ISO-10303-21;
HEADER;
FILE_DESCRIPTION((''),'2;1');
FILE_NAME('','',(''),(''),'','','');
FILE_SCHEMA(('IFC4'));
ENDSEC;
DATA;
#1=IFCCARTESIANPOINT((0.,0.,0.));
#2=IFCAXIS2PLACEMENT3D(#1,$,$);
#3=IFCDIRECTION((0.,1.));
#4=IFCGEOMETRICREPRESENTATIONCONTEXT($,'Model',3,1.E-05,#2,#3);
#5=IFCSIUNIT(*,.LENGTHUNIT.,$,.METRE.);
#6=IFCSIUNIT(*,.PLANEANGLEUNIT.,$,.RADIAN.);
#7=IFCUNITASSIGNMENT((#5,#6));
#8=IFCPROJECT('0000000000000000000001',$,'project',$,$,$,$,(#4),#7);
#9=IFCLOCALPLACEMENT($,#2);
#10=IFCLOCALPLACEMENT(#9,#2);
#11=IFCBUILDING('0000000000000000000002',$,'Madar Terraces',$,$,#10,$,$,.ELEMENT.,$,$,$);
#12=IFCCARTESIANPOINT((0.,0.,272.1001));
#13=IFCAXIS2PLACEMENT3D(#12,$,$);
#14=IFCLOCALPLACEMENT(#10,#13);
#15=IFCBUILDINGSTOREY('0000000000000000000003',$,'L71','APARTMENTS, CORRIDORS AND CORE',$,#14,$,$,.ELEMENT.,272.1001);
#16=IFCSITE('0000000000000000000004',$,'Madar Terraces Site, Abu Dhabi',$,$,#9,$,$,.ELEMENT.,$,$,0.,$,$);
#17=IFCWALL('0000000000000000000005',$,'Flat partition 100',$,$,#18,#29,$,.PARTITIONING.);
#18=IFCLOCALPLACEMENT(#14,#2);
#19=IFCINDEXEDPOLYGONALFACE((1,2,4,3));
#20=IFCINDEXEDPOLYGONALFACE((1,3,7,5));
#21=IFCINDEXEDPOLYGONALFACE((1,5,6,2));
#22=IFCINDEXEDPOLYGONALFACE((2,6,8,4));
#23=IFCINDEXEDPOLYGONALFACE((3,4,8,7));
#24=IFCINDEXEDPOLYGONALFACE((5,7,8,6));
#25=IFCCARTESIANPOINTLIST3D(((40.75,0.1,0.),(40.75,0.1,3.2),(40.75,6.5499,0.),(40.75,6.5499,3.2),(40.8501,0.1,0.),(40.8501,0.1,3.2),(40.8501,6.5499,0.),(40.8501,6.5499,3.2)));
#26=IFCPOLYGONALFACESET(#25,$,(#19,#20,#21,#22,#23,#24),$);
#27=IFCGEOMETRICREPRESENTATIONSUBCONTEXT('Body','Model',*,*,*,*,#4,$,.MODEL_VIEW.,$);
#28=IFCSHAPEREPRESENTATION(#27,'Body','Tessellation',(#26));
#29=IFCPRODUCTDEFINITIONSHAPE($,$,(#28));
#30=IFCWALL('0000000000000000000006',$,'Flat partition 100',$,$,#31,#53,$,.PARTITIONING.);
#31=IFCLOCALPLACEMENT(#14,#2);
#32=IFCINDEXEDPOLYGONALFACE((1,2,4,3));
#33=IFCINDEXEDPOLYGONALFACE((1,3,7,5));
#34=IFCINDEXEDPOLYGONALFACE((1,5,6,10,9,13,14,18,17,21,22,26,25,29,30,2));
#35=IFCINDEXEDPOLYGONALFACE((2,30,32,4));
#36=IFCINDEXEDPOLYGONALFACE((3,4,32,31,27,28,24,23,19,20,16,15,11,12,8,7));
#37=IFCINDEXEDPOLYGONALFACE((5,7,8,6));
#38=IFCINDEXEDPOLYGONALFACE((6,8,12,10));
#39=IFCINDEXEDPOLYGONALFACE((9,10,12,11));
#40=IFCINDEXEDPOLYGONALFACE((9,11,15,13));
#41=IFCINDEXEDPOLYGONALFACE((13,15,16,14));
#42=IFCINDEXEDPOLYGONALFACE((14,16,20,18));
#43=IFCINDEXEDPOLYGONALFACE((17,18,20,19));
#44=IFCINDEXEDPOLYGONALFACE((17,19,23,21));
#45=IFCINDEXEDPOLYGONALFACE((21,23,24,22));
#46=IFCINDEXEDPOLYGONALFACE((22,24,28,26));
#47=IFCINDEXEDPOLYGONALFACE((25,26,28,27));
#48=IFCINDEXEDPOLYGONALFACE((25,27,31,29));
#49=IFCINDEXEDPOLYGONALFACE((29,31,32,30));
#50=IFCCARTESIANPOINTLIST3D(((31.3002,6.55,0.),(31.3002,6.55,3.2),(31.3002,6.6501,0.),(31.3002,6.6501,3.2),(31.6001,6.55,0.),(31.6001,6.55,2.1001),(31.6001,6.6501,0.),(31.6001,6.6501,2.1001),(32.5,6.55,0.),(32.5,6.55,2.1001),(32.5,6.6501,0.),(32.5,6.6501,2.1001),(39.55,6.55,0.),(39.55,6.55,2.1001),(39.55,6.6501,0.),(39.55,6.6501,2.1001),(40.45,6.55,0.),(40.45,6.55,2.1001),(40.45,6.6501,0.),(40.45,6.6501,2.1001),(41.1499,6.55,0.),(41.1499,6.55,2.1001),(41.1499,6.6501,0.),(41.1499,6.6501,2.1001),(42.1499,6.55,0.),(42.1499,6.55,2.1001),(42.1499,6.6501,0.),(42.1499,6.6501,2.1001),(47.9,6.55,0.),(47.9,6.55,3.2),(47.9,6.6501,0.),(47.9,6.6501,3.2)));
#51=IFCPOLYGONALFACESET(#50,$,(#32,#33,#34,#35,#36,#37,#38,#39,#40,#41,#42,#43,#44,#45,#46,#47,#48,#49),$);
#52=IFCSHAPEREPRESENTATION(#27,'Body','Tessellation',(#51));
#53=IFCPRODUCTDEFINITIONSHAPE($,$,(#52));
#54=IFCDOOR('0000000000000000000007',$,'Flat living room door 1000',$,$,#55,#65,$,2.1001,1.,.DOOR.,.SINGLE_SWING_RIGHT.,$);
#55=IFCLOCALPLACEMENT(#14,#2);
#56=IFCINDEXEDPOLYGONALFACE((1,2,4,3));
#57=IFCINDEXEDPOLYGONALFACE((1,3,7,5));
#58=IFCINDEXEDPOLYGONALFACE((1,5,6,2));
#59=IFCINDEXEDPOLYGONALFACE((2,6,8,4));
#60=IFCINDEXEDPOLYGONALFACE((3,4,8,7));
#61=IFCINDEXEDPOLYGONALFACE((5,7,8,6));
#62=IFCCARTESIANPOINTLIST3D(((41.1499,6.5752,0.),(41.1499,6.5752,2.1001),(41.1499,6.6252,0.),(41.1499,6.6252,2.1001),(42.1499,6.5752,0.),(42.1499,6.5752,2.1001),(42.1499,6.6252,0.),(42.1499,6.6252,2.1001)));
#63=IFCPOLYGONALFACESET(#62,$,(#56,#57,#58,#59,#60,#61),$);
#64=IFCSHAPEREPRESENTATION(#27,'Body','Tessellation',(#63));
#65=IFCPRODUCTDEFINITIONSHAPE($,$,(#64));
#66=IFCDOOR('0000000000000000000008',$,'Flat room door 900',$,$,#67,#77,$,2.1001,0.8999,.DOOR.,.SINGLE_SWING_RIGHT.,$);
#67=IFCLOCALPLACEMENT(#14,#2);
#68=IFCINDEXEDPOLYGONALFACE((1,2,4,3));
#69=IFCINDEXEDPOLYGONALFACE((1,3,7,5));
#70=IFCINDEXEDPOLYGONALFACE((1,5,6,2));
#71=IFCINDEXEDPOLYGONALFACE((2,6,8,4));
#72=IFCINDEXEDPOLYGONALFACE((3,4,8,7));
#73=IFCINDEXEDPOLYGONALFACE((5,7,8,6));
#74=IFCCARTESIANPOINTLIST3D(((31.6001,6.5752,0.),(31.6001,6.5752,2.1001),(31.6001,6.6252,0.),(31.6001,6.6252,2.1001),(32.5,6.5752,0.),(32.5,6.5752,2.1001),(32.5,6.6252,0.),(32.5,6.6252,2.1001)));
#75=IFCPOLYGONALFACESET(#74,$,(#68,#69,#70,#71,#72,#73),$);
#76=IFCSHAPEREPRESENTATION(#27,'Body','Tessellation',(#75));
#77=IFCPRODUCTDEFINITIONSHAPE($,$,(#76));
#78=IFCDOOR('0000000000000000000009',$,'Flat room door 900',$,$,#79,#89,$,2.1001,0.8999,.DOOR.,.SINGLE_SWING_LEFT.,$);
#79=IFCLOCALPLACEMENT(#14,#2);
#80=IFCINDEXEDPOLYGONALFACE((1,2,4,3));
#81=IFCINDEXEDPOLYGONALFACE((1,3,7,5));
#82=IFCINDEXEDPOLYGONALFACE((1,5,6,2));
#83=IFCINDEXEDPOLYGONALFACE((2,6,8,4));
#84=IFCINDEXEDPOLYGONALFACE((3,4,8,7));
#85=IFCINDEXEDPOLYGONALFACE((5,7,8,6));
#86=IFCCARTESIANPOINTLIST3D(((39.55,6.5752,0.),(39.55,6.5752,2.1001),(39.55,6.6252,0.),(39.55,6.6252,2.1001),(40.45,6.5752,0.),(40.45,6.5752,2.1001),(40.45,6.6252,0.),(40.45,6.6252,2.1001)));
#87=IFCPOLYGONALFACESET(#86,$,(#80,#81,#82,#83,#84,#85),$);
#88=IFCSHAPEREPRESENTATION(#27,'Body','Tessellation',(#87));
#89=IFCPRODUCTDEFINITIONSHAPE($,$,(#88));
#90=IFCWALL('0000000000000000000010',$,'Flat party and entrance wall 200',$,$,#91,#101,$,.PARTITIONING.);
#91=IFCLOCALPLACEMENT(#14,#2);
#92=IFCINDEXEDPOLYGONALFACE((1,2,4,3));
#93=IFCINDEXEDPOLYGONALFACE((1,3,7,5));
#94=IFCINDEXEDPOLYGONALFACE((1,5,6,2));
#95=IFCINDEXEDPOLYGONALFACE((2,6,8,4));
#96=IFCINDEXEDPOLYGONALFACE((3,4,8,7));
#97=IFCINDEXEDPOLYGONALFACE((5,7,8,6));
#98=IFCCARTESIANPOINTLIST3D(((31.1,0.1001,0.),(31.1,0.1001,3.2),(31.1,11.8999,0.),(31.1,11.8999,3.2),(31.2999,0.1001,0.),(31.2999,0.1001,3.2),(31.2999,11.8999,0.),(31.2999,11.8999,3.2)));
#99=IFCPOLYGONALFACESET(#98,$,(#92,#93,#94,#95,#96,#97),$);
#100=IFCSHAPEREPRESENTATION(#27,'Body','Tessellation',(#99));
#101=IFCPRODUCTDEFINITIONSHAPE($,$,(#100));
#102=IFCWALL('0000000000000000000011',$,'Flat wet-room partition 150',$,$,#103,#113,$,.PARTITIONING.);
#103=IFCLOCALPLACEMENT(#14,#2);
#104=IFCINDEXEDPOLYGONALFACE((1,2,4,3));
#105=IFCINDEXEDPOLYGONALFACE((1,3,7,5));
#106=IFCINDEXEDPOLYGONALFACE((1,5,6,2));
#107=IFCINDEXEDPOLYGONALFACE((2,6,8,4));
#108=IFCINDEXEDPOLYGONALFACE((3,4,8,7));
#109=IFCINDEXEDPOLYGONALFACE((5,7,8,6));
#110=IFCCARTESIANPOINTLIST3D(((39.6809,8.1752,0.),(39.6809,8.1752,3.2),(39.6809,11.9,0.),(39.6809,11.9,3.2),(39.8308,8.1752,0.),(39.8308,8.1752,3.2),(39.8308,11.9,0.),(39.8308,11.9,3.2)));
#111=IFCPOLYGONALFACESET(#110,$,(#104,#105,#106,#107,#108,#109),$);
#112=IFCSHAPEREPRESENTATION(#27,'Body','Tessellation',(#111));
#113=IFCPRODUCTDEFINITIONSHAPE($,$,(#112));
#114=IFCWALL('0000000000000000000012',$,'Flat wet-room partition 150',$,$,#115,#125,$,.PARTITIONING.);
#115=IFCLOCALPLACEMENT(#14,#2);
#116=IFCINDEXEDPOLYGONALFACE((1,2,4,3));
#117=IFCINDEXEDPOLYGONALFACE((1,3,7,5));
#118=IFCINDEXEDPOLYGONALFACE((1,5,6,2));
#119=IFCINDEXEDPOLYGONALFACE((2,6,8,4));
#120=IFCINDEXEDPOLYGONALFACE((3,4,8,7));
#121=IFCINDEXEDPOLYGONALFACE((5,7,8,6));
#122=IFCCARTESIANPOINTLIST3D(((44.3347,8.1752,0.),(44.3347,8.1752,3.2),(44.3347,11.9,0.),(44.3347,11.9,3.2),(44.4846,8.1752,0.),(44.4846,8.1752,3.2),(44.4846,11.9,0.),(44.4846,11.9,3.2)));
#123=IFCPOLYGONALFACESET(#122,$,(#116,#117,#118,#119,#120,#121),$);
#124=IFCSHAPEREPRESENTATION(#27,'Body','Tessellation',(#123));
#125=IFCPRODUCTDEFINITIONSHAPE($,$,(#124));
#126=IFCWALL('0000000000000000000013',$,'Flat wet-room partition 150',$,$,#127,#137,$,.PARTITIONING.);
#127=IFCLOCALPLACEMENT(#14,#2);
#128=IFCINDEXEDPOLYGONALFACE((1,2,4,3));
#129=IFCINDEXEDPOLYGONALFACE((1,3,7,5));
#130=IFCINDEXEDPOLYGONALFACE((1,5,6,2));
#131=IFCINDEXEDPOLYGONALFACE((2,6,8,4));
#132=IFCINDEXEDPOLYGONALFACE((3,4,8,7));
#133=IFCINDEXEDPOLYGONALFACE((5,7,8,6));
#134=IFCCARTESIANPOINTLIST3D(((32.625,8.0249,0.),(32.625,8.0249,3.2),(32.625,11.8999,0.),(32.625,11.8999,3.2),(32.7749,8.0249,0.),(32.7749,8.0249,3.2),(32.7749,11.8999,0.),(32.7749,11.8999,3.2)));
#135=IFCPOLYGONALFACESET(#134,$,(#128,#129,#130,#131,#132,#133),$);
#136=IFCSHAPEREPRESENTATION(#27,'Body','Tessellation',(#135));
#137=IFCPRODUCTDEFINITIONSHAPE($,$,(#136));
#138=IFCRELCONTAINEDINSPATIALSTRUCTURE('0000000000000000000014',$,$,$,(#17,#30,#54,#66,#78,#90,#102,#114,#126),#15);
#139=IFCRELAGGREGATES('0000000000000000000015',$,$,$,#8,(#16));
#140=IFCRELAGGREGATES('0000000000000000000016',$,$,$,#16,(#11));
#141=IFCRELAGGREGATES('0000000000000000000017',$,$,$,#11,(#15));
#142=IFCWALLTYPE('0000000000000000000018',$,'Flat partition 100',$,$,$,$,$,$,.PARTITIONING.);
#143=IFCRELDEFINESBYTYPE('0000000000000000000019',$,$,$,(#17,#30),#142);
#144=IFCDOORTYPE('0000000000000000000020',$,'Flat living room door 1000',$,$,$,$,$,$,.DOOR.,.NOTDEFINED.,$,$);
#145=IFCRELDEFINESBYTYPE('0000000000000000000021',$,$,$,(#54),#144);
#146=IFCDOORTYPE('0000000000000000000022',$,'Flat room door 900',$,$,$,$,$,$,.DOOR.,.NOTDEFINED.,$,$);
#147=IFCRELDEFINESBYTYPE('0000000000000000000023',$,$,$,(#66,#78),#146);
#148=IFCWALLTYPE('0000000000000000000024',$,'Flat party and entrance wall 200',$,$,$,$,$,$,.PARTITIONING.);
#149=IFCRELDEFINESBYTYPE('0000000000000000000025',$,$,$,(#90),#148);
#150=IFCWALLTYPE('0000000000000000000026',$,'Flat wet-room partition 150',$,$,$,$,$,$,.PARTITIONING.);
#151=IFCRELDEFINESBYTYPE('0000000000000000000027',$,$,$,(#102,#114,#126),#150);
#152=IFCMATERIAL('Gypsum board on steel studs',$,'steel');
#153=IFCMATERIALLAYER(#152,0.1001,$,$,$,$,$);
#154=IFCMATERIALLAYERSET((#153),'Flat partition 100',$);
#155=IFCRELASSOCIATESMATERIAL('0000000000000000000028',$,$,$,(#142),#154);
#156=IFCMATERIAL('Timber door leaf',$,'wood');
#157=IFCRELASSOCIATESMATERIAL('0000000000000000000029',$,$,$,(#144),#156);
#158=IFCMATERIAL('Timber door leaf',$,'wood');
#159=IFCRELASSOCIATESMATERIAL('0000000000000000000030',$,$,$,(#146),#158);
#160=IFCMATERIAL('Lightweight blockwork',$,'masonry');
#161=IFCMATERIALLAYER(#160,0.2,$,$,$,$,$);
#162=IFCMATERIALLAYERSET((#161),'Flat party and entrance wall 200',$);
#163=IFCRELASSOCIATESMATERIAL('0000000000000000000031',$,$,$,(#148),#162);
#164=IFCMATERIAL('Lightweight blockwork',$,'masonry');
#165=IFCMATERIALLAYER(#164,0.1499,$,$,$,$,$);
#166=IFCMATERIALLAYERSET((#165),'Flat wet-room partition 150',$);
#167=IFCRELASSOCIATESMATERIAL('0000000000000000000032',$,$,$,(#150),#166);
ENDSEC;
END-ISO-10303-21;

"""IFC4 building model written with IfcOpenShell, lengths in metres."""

from ifc_helpers import new_model, si_unit, direction, frame, frame_2d, origin, place, context, subcontext, project, spatial, rectangle, extrude, material, layer, layer_set, type_object, element, fill, save


model = new_model("IFC4")

# Units and contexts
model_context = context("Model", 3, precision=1e-05, world=origin(), true_north=direction((0.0, 1.0)))
body_context = subcontext(model_context, "Body", "Model", "MODEL_VIEW")
ifc_project = project(units=[si_unit("LENGTHUNIT", "METRE"), si_unit("PLANEANGLEUNIT", "RADIAN")], contexts=[model_context])

# Site, building, storey
site_placement = place(None, origin())
site = spatial("IfcSite", under=ifc_project, at=site_placement, Name="Madar Terraces Site, Abu Dhabi", CompositionType="ELEMENT", RefElevation=0.0)
building_placement = place(site_placement, origin())
building = spatial("IfcBuilding", under=site, at=building_placement, Name="Madar Terraces", CompositionType="ELEMENT")
storey_placement = place(building_placement, frame((0.0, 0.0, 272.1001)))
storey = spatial("IfcBuildingStorey", under=building, at=storey_placement, Name="L71", Description="APARTMENTS, CORRIDORS AND CORE", CompositionType="ELEMENT", Elevation=272.1001)

# Wall
ifc_material_1 = material(Name="Gypsum board on steel studs", Category="steel")
ifc_layer_1 = layer(ifc_material_1, 0.1001)
ifc_layer_set_1 = layer_set([ifc_layer_1], Name="Flat partition 100")
wall_type_1 = type_object("IfcWallType", Name="Flat partition 100", PredefinedType="PARTITIONING", material=ifc_layer_set_1)
for number, where, z_axis, x_axis, name in (
    (1, (40.8, 6.55, 0.0), (0.0, 0.0, 1.0), (0.0, -1.0, 0.0), "Flat partition 100"),
):
    element("IfcWall", number, at=place(storey_placement, frame(where, z_axis=z_axis, x_axis=x_axis)), inside=storey, type_object=wall_type_1, Name=name, PredefinedType="PARTITIONING", context=body_context, shape_type="SweptSolid", body=[
        extrude(rectangle(XDim=6.45, YDim=0.1001, at=frame_2d((3.2251, 0.0))), origin(), (0.0, 0.0, 1.0), 3.2),
    ])

# Wall, openings, doors
wall_1_placement = place(storey_placement, frame((47.8999, 6.6001, 0.0), z_axis=(0.0, 0.0, 1.0), x_axis=(-1.0, 0.0, 0.0)))
wall_1 = element("IfcWall", 2, at=wall_1_placement, inside=storey, type_object=wall_type_1, Name="Flat partition 100", PredefinedType="PARTITIONING", context=body_context, shape_type="SweptSolid", body=[
    extrude(rectangle(XDim=16.5999, YDim=0.1001, at=frame_2d((8.2998, 0.0))), origin(), (0.0, 0.0, 1.0), 3.2),
])
opening_1_placement = place(wall_1_placement, frame((15.3999, 0.0, 0.0)))
opening_1 = element("IfcOpeningElement", 3, at=opening_1_placement, cuts=wall_1, PredefinedType="OPENING", context=body_context, shape_type="SweptSolid", body=[
    extrude(rectangle(XDim=0.8999, YDim=2.1001, at=frame_2d((0.45, 1.05))), frame((0.0, 0.0601, 0.0), z_axis=(0.0, -1.0, 0.0), x_axis=(1.0, 0.0, 0.0)), (0.0, 0.0, 1.0), 0.1201),
])
opening_2_placement = place(wall_1_placement, frame((7.45, 0.0, 0.0)))
opening_2 = element("IfcOpeningElement", 4, at=opening_2_placement, cuts=wall_1, PredefinedType="OPENING", context=body_context, shape_type="SweptSolid", body=[
    extrude(rectangle(XDim=0.8999, YDim=2.1001, at=frame_2d((0.45, 1.05))), frame((0.0, 0.0601, 0.0), z_axis=(0.0, -1.0, 0.0), x_axis=(1.0, 0.0, 0.0)), (0.0, 0.0, 1.0), 0.1201),
])
opening_3_placement = place(wall_1_placement, frame((5.75, 0.0, 0.0)))
opening_3 = element("IfcOpeningElement", 5, at=opening_3_placement, cuts=wall_1, PredefinedType="OPENING", context=body_context, shape_type="SweptSolid", body=[
    extrude(rectangle(XDim=1.0, YDim=2.1001, at=frame_2d((0.5, 1.05))), frame((0.0, 0.0601, 0.0), z_axis=(0.0, -1.0, 0.0), x_axis=(1.0, 0.0, 0.0)), (0.0, 0.0, 1.0), 0.1201),
])
ifc_material_2 = material(Name="Timber door leaf", Category="wood")
door_type_1 = type_object("IfcDoorType", Name="Flat living room door 1000", OperationType="NOTDEFINED", PredefinedType="DOOR", material=ifc_material_2)
door_1_placement = place(opening_3_placement, origin())
door_1 = element("IfcDoor", 6, at=door_1_placement, inside=storey, type_object=door_type_1, Name="Flat living room door 1000", OperationType="SINGLE_SWING_RIGHT", OverallHeight=2.1001, OverallWidth=1.0, PredefinedType="DOOR", context=body_context, shape_type="SweptSolid", body=[
    extrude(rectangle(XDim=1.0, YDim=2.1001, at=frame_2d((0.5, 1.05))), frame((0.0, 0.0249, 0.0), z_axis=(0.0, -1.0, 0.0), x_axis=(1.0, 0.0, 0.0)), (0.0, 0.0, 1.0), 0.05),
])
fill(opening_3, door_1)
ifc_material_3 = material(Name="Timber door leaf", Category="wood")
door_type_2 = type_object("IfcDoorType", Name="Flat room door 900", OperationType="NOTDEFINED", PredefinedType="DOOR", material=ifc_material_3)
door_2_placement = place(opening_1_placement, origin())
door_2 = element("IfcDoor", 7, at=door_2_placement, inside=storey, type_object=door_type_2, Name="Flat room door 900", OperationType="SINGLE_SWING_RIGHT", OverallHeight=2.1001, OverallWidth=0.8999, PredefinedType="DOOR", context=body_context, shape_type="SweptSolid", body=[
    extrude(rectangle(XDim=0.8999, YDim=2.1001, at=frame_2d((0.45, 1.05))), frame((0.0, 0.0249, 0.0), z_axis=(0.0, -1.0, 0.0), x_axis=(1.0, 0.0, 0.0)), (0.0, 0.0, 1.0), 0.05),
])
fill(opening_1, door_2)
door_3_placement = place(opening_2_placement, origin())
door_3 = element("IfcDoor", 8, at=door_3_placement, inside=storey, type_object=door_type_2, Name="Flat room door 900", OperationType="SINGLE_SWING_LEFT", OverallHeight=2.1001, OverallWidth=0.8999, PredefinedType="DOOR", context=body_context, shape_type="SweptSolid", body=[
    extrude(rectangle(XDim=0.8999, YDim=2.1001, at=frame_2d((0.45, 1.05))), frame((0.0, 0.0249, 0.0), z_axis=(0.0, -1.0, 0.0), x_axis=(1.0, 0.0, 0.0)), (0.0, 0.0, 1.0), 0.05),
])
fill(opening_2, door_3)

# Walls
ifc_material_4 = material(Name="Lightweight blockwork", Category="masonry")
ifc_layer_2 = layer(ifc_material_4, 0.2)
ifc_layer_set_2 = layer_set([ifc_layer_2], Name="Flat party and entrance wall 200")
wall_type_2 = type_object("IfcWallType", Name="Flat party and entrance wall 200", PredefinedType="PARTITIONING", material=ifc_layer_set_2)
wall_2_placement = place(storey_placement, frame((31.2, 11.8999, 0.0), z_axis=(0.0, 0.0, 1.0), x_axis=(0.0, -1.0, 0.0)))
element("IfcWall", 9, at=wall_2_placement, inside=storey, type_object=wall_type_2, Name="Flat party and entrance wall 200", PredefinedType="PARTITIONING", context=body_context, shape_type="SweptSolid", body=[
    extrude(rectangle(XDim=11.7998, YDim=0.2, at=frame_2d((5.8999, 0.0))), origin(), (0.0, 0.0, 1.0), 3.2),
])
ifc_material_5 = material(Name="Lightweight blockwork", Category="masonry")
ifc_layer_3 = layer(ifc_material_5, 0.1499)
ifc_layer_set_3 = layer_set([ifc_layer_3], Name="Flat wet-room partition 150")
wall_type_3 = type_object("IfcWallType", Name="Flat wet-room partition 150", PredefinedType="PARTITIONING", material=ifc_layer_set_3)
for number, where, z_axis, x_axis, name in (
    (10, (39.7559, 11.8999, 0.0), (0.0, 0.0, 1.0), (0.0, -1.0, 0.0), "Flat wet-room partition 150"),
    (11, (44.4097, 11.8999, 0.0), (0.0, 0.0, 1.0), (0.0, -1.0, 0.0), "Flat wet-room partition 150"),
):
    element("IfcWall", number, at=place(storey_placement, frame(where, z_axis=z_axis, x_axis=x_axis)), inside=storey, type_object=wall_type_3, Name=name, PredefinedType="PARTITIONING", context=body_context, shape_type="SweptSolid", body=[
        extrude(rectangle(XDim=3.7249, YDim=0.1499, at=frame_2d((1.8623, 0.0))), origin(), (0.0, 0.0, 1.0), 3.2),
    ])
wall_3_placement = place(storey_placement, frame((32.7, 11.8999, 0.0), z_axis=(0.0, 0.0, 1.0), x_axis=(0.0, -1.0, 0.0)))
element("IfcWall", 12, at=wall_3_placement, inside=storey, type_object=wall_type_3, Name="Flat wet-room partition 150", PredefinedType="PARTITIONING", context=body_context, shape_type="SweptSolid", body=[
    extrude(rectangle(XDim=3.875, YDim=0.1499, at=frame_2d((1.9375, 0.0))), origin(), (0.0, 0.0, 1.0), 3.2),
])

save(model, "model.ifc")
